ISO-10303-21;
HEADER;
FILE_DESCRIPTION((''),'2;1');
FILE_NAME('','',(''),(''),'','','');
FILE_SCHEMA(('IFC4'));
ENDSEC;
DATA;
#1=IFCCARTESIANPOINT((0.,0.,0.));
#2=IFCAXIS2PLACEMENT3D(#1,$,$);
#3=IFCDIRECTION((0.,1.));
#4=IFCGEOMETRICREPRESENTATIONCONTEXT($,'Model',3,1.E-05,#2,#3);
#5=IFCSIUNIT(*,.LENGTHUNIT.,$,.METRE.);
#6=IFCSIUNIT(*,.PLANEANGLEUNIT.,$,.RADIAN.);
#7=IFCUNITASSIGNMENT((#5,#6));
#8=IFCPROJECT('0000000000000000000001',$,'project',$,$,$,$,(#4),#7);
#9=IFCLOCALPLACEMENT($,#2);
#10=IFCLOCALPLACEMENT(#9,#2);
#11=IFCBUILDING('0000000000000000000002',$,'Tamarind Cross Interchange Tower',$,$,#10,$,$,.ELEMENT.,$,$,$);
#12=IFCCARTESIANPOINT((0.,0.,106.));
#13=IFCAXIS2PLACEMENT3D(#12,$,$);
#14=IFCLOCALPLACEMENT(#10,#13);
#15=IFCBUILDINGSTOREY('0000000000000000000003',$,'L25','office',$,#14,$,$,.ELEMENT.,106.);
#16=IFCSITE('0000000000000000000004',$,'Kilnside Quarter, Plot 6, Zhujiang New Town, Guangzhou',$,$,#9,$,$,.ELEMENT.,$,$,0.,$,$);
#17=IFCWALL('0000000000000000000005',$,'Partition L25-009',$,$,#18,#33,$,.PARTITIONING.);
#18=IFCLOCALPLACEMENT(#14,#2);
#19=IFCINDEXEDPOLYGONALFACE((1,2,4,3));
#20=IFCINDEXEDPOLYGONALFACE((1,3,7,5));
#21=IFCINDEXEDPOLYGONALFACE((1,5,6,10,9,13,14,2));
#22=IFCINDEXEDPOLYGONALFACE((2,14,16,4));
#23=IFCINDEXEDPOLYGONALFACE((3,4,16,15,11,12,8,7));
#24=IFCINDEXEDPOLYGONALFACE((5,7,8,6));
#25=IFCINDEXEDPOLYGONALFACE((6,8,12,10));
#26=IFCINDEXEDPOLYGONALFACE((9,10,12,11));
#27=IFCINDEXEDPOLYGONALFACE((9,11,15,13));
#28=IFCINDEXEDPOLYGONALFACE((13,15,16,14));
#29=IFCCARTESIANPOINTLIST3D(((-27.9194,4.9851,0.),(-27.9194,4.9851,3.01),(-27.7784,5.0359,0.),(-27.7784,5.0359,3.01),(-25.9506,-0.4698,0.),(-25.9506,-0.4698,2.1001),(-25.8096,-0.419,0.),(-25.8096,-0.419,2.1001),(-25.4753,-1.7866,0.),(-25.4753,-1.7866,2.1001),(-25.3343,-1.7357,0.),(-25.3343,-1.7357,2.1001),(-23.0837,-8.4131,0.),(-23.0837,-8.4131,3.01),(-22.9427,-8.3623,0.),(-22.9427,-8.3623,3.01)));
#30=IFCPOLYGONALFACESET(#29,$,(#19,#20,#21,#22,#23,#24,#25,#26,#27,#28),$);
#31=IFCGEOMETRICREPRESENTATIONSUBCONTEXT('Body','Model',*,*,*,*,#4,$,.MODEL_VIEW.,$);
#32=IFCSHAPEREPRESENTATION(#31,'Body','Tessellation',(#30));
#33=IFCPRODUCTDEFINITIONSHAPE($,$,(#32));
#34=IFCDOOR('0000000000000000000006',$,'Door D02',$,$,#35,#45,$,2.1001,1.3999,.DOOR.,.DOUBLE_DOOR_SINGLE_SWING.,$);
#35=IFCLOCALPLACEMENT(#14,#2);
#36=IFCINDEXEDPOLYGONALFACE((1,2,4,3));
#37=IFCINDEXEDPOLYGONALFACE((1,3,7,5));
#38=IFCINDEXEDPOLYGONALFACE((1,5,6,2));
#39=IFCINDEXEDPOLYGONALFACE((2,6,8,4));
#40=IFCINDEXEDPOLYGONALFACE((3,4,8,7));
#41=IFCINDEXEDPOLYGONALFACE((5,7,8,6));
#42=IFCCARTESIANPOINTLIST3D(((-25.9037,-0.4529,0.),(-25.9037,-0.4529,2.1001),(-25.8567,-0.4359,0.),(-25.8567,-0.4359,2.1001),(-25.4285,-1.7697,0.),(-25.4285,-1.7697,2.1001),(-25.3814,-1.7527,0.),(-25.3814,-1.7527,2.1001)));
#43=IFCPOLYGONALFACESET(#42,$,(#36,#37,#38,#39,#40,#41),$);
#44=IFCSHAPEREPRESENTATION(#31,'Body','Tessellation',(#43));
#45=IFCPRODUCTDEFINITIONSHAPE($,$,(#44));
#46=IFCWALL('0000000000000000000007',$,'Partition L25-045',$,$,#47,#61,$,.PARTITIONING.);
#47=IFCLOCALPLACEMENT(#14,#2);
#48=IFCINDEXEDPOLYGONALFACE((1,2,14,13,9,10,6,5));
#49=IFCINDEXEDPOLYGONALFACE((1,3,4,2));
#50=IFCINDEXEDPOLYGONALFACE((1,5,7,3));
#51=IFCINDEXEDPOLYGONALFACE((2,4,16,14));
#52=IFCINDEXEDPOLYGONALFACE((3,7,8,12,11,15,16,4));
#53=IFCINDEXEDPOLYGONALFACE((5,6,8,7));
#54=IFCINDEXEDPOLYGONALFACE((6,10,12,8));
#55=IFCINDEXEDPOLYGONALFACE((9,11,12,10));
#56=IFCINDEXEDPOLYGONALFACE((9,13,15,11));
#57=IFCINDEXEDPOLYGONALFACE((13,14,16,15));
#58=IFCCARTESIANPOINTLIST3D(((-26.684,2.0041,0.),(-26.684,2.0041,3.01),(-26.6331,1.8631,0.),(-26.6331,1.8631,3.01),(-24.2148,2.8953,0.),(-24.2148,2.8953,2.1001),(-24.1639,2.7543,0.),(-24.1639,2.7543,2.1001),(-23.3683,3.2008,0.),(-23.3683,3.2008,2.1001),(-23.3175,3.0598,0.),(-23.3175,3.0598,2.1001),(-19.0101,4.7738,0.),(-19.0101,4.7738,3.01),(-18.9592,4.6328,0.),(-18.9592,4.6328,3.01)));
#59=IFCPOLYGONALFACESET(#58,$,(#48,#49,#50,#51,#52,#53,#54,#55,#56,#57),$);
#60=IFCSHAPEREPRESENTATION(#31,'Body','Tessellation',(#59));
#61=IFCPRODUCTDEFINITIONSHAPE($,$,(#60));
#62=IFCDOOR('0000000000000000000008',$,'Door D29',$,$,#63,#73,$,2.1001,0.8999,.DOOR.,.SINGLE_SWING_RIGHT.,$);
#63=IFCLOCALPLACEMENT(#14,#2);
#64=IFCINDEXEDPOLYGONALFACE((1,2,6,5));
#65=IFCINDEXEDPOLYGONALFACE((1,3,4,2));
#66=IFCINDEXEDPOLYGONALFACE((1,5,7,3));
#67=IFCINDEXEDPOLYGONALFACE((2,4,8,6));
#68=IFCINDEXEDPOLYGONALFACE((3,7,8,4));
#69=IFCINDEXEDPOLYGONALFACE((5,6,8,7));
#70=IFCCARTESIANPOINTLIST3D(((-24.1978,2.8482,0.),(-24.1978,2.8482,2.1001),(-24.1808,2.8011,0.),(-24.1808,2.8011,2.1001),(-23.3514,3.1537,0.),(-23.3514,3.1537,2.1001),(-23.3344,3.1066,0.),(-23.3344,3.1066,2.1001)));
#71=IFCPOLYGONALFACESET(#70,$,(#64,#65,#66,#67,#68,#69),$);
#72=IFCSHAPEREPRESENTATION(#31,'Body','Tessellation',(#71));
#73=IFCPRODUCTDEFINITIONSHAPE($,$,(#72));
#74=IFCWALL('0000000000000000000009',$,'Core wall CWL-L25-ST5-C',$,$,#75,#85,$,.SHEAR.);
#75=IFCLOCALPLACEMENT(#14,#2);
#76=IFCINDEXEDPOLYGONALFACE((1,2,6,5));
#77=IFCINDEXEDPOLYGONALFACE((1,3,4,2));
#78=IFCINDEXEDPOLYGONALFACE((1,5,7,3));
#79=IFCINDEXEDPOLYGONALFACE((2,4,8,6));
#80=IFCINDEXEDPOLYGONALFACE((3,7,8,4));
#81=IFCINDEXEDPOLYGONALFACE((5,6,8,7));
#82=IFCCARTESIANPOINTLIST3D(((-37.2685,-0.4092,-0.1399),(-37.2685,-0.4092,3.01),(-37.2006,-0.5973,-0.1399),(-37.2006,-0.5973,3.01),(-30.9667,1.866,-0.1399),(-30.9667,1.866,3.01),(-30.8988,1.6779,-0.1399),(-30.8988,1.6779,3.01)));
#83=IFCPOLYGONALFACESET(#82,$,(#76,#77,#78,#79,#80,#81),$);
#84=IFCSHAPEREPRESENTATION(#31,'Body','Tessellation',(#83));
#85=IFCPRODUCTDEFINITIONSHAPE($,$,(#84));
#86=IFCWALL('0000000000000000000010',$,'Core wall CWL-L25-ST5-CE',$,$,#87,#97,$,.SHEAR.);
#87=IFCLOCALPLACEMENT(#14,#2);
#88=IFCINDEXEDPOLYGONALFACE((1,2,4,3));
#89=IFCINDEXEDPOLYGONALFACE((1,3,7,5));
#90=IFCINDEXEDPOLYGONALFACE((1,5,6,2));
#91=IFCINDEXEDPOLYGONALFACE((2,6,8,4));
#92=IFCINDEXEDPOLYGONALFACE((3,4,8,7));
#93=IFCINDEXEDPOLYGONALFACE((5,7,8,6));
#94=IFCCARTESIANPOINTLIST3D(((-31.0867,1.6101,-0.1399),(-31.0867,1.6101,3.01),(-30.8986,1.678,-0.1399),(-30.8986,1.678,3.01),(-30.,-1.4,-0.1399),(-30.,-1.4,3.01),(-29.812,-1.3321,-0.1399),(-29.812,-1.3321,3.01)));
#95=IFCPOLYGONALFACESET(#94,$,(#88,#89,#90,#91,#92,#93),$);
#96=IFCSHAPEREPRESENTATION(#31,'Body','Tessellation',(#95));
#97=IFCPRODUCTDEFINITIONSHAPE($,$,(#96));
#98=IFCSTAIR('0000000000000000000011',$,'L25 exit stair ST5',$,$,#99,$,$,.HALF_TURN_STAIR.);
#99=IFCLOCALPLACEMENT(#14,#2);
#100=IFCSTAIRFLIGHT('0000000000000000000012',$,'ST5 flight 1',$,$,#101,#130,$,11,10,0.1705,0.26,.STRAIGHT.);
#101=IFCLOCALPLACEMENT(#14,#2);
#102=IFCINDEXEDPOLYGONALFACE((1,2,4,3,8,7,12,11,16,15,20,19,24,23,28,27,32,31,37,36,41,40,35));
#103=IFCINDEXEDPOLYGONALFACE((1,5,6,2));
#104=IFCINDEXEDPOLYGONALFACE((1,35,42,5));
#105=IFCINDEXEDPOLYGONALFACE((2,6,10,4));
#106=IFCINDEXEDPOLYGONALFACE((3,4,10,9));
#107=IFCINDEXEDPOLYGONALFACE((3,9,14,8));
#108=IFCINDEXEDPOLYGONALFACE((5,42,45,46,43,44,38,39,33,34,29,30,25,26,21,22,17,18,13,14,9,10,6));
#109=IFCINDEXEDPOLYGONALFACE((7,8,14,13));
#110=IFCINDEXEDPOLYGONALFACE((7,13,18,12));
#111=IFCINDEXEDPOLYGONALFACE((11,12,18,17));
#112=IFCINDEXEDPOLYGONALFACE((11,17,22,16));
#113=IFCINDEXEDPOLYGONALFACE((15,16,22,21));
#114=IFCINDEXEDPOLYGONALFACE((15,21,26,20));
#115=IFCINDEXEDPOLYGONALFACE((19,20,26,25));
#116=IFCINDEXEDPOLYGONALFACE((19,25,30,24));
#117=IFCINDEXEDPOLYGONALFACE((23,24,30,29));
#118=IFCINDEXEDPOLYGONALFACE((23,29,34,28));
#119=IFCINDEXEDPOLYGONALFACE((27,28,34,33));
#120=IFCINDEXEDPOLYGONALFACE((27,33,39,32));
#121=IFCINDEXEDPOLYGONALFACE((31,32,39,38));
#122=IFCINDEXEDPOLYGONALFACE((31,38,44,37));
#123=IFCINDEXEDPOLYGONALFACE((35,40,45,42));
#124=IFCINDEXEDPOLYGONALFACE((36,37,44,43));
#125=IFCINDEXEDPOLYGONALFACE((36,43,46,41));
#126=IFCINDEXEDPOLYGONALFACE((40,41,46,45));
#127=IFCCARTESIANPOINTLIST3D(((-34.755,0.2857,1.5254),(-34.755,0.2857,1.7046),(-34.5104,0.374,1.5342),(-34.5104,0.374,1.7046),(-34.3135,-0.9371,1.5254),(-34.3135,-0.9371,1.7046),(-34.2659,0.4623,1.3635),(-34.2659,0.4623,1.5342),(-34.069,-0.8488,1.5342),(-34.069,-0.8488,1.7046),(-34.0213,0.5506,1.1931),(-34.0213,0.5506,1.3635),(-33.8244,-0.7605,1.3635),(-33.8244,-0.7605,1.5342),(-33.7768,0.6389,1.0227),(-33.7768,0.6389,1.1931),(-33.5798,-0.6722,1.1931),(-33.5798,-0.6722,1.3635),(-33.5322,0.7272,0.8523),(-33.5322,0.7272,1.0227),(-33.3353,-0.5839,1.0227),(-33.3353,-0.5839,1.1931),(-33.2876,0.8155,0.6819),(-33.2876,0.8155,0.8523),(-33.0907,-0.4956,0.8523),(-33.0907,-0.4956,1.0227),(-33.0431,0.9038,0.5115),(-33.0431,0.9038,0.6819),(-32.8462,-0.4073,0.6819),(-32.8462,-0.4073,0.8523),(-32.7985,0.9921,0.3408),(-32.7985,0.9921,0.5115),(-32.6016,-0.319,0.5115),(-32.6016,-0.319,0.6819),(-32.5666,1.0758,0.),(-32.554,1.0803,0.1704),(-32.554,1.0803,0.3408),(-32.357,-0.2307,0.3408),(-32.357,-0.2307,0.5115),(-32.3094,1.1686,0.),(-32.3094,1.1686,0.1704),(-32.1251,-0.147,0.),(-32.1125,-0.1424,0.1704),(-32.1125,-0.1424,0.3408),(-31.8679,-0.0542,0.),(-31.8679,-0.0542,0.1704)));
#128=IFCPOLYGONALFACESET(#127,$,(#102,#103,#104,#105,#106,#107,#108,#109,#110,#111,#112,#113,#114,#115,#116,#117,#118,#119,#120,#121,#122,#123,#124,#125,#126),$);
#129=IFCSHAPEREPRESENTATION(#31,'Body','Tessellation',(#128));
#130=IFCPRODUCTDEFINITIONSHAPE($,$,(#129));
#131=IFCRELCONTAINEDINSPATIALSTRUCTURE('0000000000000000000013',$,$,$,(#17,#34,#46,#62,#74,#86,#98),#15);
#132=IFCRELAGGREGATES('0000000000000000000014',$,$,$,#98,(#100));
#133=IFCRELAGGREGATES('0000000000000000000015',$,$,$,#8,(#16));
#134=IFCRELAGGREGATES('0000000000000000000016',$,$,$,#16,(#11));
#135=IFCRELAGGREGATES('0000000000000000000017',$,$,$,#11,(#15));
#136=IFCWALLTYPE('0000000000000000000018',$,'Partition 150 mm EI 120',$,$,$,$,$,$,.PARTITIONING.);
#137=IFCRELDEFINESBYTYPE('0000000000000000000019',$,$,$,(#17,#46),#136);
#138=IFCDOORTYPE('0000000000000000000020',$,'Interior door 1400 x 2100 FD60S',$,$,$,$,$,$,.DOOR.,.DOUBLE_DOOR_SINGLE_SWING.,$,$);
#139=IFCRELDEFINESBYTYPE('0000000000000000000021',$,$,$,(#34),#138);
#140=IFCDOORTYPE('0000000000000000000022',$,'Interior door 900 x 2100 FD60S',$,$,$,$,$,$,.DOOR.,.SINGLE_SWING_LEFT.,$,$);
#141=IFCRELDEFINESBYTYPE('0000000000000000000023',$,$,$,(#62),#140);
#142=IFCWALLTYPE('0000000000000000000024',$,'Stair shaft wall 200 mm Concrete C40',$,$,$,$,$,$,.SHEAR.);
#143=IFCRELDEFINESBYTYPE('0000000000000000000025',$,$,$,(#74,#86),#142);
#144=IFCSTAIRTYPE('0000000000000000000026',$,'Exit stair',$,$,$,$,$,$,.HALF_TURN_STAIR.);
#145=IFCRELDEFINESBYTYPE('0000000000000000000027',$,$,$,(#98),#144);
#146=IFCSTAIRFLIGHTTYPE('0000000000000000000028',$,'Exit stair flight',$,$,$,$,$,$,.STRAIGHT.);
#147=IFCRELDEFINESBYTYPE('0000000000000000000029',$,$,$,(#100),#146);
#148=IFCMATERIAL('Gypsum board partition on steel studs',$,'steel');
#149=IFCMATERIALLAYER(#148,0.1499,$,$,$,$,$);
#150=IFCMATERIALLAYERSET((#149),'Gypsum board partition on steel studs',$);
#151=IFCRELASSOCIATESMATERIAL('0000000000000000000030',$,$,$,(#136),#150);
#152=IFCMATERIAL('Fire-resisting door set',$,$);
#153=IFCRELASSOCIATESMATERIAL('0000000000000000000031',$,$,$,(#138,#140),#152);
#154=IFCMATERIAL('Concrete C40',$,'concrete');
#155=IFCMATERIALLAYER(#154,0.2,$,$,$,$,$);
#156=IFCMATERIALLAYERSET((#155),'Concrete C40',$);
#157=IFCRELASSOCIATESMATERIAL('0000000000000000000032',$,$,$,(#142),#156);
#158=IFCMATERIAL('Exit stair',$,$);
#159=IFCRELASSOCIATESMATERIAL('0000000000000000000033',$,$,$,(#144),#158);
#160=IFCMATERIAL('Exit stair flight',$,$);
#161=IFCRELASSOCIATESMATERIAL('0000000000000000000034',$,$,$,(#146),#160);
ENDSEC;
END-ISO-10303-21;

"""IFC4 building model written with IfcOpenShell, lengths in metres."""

from ifc_helpers import new_model, si_unit, direction, frame, frame_2d, origin, place, context, subcontext, project, spatial, polyline, rectangle, outline, extrude, material, layer, layer_set, type_object, element, fill, aggregate, save


model = new_model("IFC4")

# Units and contexts
model_context = context("Model", 3, precision=1e-05, world=origin(), true_north=direction((0.0, 1.0)))
body_context = subcontext(model_context, "Body", "Model", "MODEL_VIEW")
ifc_project = project(units=[si_unit("LENGTHUNIT", "METRE"), si_unit("PLANEANGLEUNIT", "RADIAN")], contexts=[model_context])

# Site, building, storey
site_placement = place(None, origin())
site = spatial("IfcSite", under=ifc_project, at=site_placement, Name="Kilnside Quarter, Plot 6, Zhujiang New Town, Guangzhou", CompositionType="ELEMENT", RefElevation=0.0)
building_placement = place(site_placement, origin())
building = spatial("IfcBuilding", under=site, at=building_placement, Name="Tamarind Cross Interchange Tower", CompositionType="ELEMENT")
storey_placement = place(building_placement, frame((0.0, 0.0, 106.0)))
storey = spatial("IfcBuildingStorey", under=building, at=storey_placement, Name="L25", Description="office", CompositionType="ELEMENT", Elevation=106.0)

# Shared definitions
ifc_material_1 = material(Name="Gypsum board partition on steel studs", Category="steel")
ifc_layer_1 = layer(ifc_material_1, 0.1499)
ifc_layer_set_1 = layer_set([ifc_layer_1], Name="Gypsum board partition on steel studs")
wall_type_1 = type_object("IfcWallType", Name="Partition 150 mm EI 120", PredefinedType="PARTITIONING", material=ifc_layer_set_1)

# Walls, openings, doors
wall_1_placement = place(storey_placement, frame((-27.8489, 5.0105, 0.0), z_axis=(0.0, 0.0, 1.0), x_axis=(0.339487, -0.940611, 0.0)))
wall_1 = element("IfcWall", 1, at=wall_1_placement, inside=storey, type_object=wall_type_1, Name="Partition L25-009", PredefinedType="PARTITIONING", context=body_context, shape_type="SweptSolid", body=[
    extrude(rectangle(XDim=14.2441, YDim=0.1499, at=frame_2d((7.1221, 0.0))), origin(), (0.0, 0.0, 1.0), 3.01),
])
opening_1_placement = place(wall_1_placement, frame((5.7993, 0.0, 0.0)))
opening_1 = element("IfcOpeningElement", 2, at=opening_1_placement, cuts=wall_1, PredefinedType="OPENING", context=body_context, shape_type="SweptSolid", body=[
    extrude(rectangle(XDim=1.3999, YDim=2.1001, at=frame_2d((0.7, 1.05))), frame((0.0, 0.085, 0.0), z_axis=(0.0, -1.0, 0.0), x_axis=(1.0, 0.0, 0.0)), (0.0, 0.0, 1.0), 0.1699),
])
ifc_material_2 = material(Name="Fire-resisting door set")
door_type_1 = type_object("IfcDoorType", Name="Interior door 1400 x 2100 FD60S", OperationType="DOUBLE_DOOR_SINGLE_SWING", PredefinedType="DOOR", material=ifc_material_2)
door_1_placement = place(opening_1_placement, origin())
door_1 = element("IfcDoor", 3, at=door_1_placement, inside=storey, type_object=door_type_1, Name="Door D02", OperationType="DOUBLE_DOOR_SINGLE_SWING", OverallHeight=2.1001, OverallWidth=1.3999, PredefinedType="DOOR", context=body_context, shape_type="SweptSolid", body=[
    extrude(rectangle(XDim=1.3999, YDim=2.1001, at=frame_2d((0.7, 1.05))), frame((0.0, 0.0249, 0.0), z_axis=(0.0, -1.0, 0.0), x_axis=(1.0, 0.0, 0.0)), (0.0, 0.0, 1.0), 0.05),
])
fill(opening_1, door_1)
wall_2_placement = place(storey_placement, frame((-26.6584, 1.9336, 0.0), z_axis=(0.0, 0.0, 1.0), x_axis=(0.940606, 0.3395, 0.0)))
wall_2 = element("IfcWall", 4, at=wall_2_placement, inside=storey, type_object=wall_type_1, Name="Partition L25-045", PredefinedType="PARTITIONING", context=body_context, shape_type="SweptSolid", body=[
    extrude(rectangle(XDim=8.1584, YDim=0.1499, at=frame_2d((4.0791, 0.0))), origin(), (0.0, 0.0, 1.0), 3.01),
])
opening_2_placement = place(wall_2_placement, frame((2.625, 0.0, 0.0)))
opening_2 = element("IfcOpeningElement", 5, at=opening_2_placement, cuts=wall_2, PredefinedType="OPENING", context=body_context, shape_type="SweptSolid", body=[
    extrude(rectangle(XDim=0.8999, YDim=2.1001, at=frame_2d((0.45, 1.05))), frame((0.0, 0.085, 0.0), z_axis=(0.0, -1.0, 0.0), x_axis=(1.0, 0.0, 0.0)), (0.0, 0.0, 1.0), 0.1699),
])
door_type_2 = type_object("IfcDoorType", Name="Interior door 900 x 2100 FD60S", OperationType="SINGLE_SWING_LEFT", PredefinedType="DOOR", material=ifc_material_2)
door_2_placement = place(opening_2_placement, origin())
door_2 = element("IfcDoor", 6, at=door_2_placement, inside=storey, type_object=door_type_2, Name="Door D29", OperationType="SINGLE_SWING_RIGHT", OverallHeight=2.1001, OverallWidth=0.8999, PredefinedType="DOOR", context=body_context, shape_type="SweptSolid", body=[
    extrude(rectangle(XDim=0.8999, YDim=2.1001, at=frame_2d((0.45, 1.05))), frame((0.0, 0.0249, 0.0), z_axis=(0.0, -1.0, 0.0), x_axis=(1.0, 0.0, 0.0)), (0.0, 0.0, 1.0), 0.05),
])
fill(opening_2, door_2)

# Walls
ifc_material_3 = material(Name="Concrete C40", Category="concrete")
ifc_layer_2 = layer(ifc_material_3, 0.2)
ifc_layer_set_2 = layer_set([ifc_layer_2], Name="Concrete C40")
wall_type_2 = type_object("IfcWallType", Name="Stair shaft wall 200 mm Concrete C40", PredefinedType="SHEAR", material=ifc_layer_set_2)
wall_3_placement = place(storey_placement, frame((-30.9326, 1.772, -0.1399), z_axis=(0.0, 0.0, 1.0), x_axis=(-0.940577, -0.33958, 0.0)))
element("IfcWall", 7, at=wall_3_placement, inside=storey, type_object=wall_type_2, Name="Core wall CWL-L25-ST5-C", PredefinedType="SHEAR", context=body_context, shape_type="SweptSolid", body=[
    extrude(rectangle(XDim=6.7, YDim=0.2, at=frame_2d((3.3501, 0.0))), origin(), (0.0, 0.0, 1.0), 3.1499),
])
wall_4_placement = place(storey_placement, frame((-30.9927, 1.644, -0.1399), z_axis=(0.0, 0.0, 1.0), x_axis=(0.339568, -0.940582, 0.0)))
element("IfcWall", 8, at=wall_4_placement, inside=storey, type_object=wall_type_2, Name="Core wall CWL-L25-ST5-CE", PredefinedType="SHEAR", context=body_context, shape_type="SweptSolid", body=[
    extrude(rectangle(XDim=3.2002, YDim=0.2, at=frame_2d((1.6001, 0.0))), origin(), (0.0, 0.0, 1.0), 3.1499),
])

# Stair, stair flight
ifc_material_4 = material(Name="Exit stair")
stair_type = type_object("IfcStairType", Name="Exit stair", PredefinedType="HALF_TURN_STAIR", material=ifc_material_4)
stair_placement = place(storey_placement, origin())
stair = element("IfcStair", 9, at=stair_placement, inside=storey, type_object=stair_type, Name="L25 exit stair ST5", PredefinedType="HALF_TURN_STAIR")
ifc_material_5 = material(Name="Exit stair flight")
stair_flight_type = type_object("IfcStairFlightType", Name="Exit stair flight", PredefinedType="STRAIGHT", material=ifc_material_5)
stair_flight_placement = place(storey_placement, frame((-32.0886, 0.5571, 0.0), z_axis=(0.0, 0.0, 1.0), x_axis=(-0.940578, -0.339579, 0.0)))
stair_flight = element("IfcStairFlight", 10, at=stair_flight_placement, type_object=stair_flight_type, Name="ST5 flight 1", NumberOfRisers=11, NumberOfTreads=10, PredefinedType="STRAIGHT", RiserHeight=0.1705, TreadLength=0.26, context=body_context, shape_type="SweptSolid", body=[
    extrude(outline(polyline([(0.0, 0.0), (0.0, 0.1704), (0.26, 0.1704), (0.26, 0.3408), (0.52, 0.3408), (0.52, 0.5115), (0.78, 0.5115), (0.78, 0.6819), (1.04, 0.6819), (1.04, 0.8523), (1.3, 0.8523), (1.3, 1.0227), (1.5601, 1.0227), (1.5601, 1.1931), (1.8201, 1.1931), (1.8201, 1.3635), (2.0801, 1.3635), (2.0801, 1.5342), (2.3401, 1.5342), (2.3401, 1.7046), (2.6001, 1.7046), (2.6001, 1.875), (2.6001, 1.5254), (0.2734, 0.0), (0.0, 0.0)])), frame((0.0, 0.6499, 0.0), z_axis=(0.0, -1.0, 0.0), x_axis=(1.0, 0.0, 0.0)), (0.0, 0.0, 1.0), 1.3),
])
aggregate(stair, [stair_flight])

save(model, "model.ifc")
